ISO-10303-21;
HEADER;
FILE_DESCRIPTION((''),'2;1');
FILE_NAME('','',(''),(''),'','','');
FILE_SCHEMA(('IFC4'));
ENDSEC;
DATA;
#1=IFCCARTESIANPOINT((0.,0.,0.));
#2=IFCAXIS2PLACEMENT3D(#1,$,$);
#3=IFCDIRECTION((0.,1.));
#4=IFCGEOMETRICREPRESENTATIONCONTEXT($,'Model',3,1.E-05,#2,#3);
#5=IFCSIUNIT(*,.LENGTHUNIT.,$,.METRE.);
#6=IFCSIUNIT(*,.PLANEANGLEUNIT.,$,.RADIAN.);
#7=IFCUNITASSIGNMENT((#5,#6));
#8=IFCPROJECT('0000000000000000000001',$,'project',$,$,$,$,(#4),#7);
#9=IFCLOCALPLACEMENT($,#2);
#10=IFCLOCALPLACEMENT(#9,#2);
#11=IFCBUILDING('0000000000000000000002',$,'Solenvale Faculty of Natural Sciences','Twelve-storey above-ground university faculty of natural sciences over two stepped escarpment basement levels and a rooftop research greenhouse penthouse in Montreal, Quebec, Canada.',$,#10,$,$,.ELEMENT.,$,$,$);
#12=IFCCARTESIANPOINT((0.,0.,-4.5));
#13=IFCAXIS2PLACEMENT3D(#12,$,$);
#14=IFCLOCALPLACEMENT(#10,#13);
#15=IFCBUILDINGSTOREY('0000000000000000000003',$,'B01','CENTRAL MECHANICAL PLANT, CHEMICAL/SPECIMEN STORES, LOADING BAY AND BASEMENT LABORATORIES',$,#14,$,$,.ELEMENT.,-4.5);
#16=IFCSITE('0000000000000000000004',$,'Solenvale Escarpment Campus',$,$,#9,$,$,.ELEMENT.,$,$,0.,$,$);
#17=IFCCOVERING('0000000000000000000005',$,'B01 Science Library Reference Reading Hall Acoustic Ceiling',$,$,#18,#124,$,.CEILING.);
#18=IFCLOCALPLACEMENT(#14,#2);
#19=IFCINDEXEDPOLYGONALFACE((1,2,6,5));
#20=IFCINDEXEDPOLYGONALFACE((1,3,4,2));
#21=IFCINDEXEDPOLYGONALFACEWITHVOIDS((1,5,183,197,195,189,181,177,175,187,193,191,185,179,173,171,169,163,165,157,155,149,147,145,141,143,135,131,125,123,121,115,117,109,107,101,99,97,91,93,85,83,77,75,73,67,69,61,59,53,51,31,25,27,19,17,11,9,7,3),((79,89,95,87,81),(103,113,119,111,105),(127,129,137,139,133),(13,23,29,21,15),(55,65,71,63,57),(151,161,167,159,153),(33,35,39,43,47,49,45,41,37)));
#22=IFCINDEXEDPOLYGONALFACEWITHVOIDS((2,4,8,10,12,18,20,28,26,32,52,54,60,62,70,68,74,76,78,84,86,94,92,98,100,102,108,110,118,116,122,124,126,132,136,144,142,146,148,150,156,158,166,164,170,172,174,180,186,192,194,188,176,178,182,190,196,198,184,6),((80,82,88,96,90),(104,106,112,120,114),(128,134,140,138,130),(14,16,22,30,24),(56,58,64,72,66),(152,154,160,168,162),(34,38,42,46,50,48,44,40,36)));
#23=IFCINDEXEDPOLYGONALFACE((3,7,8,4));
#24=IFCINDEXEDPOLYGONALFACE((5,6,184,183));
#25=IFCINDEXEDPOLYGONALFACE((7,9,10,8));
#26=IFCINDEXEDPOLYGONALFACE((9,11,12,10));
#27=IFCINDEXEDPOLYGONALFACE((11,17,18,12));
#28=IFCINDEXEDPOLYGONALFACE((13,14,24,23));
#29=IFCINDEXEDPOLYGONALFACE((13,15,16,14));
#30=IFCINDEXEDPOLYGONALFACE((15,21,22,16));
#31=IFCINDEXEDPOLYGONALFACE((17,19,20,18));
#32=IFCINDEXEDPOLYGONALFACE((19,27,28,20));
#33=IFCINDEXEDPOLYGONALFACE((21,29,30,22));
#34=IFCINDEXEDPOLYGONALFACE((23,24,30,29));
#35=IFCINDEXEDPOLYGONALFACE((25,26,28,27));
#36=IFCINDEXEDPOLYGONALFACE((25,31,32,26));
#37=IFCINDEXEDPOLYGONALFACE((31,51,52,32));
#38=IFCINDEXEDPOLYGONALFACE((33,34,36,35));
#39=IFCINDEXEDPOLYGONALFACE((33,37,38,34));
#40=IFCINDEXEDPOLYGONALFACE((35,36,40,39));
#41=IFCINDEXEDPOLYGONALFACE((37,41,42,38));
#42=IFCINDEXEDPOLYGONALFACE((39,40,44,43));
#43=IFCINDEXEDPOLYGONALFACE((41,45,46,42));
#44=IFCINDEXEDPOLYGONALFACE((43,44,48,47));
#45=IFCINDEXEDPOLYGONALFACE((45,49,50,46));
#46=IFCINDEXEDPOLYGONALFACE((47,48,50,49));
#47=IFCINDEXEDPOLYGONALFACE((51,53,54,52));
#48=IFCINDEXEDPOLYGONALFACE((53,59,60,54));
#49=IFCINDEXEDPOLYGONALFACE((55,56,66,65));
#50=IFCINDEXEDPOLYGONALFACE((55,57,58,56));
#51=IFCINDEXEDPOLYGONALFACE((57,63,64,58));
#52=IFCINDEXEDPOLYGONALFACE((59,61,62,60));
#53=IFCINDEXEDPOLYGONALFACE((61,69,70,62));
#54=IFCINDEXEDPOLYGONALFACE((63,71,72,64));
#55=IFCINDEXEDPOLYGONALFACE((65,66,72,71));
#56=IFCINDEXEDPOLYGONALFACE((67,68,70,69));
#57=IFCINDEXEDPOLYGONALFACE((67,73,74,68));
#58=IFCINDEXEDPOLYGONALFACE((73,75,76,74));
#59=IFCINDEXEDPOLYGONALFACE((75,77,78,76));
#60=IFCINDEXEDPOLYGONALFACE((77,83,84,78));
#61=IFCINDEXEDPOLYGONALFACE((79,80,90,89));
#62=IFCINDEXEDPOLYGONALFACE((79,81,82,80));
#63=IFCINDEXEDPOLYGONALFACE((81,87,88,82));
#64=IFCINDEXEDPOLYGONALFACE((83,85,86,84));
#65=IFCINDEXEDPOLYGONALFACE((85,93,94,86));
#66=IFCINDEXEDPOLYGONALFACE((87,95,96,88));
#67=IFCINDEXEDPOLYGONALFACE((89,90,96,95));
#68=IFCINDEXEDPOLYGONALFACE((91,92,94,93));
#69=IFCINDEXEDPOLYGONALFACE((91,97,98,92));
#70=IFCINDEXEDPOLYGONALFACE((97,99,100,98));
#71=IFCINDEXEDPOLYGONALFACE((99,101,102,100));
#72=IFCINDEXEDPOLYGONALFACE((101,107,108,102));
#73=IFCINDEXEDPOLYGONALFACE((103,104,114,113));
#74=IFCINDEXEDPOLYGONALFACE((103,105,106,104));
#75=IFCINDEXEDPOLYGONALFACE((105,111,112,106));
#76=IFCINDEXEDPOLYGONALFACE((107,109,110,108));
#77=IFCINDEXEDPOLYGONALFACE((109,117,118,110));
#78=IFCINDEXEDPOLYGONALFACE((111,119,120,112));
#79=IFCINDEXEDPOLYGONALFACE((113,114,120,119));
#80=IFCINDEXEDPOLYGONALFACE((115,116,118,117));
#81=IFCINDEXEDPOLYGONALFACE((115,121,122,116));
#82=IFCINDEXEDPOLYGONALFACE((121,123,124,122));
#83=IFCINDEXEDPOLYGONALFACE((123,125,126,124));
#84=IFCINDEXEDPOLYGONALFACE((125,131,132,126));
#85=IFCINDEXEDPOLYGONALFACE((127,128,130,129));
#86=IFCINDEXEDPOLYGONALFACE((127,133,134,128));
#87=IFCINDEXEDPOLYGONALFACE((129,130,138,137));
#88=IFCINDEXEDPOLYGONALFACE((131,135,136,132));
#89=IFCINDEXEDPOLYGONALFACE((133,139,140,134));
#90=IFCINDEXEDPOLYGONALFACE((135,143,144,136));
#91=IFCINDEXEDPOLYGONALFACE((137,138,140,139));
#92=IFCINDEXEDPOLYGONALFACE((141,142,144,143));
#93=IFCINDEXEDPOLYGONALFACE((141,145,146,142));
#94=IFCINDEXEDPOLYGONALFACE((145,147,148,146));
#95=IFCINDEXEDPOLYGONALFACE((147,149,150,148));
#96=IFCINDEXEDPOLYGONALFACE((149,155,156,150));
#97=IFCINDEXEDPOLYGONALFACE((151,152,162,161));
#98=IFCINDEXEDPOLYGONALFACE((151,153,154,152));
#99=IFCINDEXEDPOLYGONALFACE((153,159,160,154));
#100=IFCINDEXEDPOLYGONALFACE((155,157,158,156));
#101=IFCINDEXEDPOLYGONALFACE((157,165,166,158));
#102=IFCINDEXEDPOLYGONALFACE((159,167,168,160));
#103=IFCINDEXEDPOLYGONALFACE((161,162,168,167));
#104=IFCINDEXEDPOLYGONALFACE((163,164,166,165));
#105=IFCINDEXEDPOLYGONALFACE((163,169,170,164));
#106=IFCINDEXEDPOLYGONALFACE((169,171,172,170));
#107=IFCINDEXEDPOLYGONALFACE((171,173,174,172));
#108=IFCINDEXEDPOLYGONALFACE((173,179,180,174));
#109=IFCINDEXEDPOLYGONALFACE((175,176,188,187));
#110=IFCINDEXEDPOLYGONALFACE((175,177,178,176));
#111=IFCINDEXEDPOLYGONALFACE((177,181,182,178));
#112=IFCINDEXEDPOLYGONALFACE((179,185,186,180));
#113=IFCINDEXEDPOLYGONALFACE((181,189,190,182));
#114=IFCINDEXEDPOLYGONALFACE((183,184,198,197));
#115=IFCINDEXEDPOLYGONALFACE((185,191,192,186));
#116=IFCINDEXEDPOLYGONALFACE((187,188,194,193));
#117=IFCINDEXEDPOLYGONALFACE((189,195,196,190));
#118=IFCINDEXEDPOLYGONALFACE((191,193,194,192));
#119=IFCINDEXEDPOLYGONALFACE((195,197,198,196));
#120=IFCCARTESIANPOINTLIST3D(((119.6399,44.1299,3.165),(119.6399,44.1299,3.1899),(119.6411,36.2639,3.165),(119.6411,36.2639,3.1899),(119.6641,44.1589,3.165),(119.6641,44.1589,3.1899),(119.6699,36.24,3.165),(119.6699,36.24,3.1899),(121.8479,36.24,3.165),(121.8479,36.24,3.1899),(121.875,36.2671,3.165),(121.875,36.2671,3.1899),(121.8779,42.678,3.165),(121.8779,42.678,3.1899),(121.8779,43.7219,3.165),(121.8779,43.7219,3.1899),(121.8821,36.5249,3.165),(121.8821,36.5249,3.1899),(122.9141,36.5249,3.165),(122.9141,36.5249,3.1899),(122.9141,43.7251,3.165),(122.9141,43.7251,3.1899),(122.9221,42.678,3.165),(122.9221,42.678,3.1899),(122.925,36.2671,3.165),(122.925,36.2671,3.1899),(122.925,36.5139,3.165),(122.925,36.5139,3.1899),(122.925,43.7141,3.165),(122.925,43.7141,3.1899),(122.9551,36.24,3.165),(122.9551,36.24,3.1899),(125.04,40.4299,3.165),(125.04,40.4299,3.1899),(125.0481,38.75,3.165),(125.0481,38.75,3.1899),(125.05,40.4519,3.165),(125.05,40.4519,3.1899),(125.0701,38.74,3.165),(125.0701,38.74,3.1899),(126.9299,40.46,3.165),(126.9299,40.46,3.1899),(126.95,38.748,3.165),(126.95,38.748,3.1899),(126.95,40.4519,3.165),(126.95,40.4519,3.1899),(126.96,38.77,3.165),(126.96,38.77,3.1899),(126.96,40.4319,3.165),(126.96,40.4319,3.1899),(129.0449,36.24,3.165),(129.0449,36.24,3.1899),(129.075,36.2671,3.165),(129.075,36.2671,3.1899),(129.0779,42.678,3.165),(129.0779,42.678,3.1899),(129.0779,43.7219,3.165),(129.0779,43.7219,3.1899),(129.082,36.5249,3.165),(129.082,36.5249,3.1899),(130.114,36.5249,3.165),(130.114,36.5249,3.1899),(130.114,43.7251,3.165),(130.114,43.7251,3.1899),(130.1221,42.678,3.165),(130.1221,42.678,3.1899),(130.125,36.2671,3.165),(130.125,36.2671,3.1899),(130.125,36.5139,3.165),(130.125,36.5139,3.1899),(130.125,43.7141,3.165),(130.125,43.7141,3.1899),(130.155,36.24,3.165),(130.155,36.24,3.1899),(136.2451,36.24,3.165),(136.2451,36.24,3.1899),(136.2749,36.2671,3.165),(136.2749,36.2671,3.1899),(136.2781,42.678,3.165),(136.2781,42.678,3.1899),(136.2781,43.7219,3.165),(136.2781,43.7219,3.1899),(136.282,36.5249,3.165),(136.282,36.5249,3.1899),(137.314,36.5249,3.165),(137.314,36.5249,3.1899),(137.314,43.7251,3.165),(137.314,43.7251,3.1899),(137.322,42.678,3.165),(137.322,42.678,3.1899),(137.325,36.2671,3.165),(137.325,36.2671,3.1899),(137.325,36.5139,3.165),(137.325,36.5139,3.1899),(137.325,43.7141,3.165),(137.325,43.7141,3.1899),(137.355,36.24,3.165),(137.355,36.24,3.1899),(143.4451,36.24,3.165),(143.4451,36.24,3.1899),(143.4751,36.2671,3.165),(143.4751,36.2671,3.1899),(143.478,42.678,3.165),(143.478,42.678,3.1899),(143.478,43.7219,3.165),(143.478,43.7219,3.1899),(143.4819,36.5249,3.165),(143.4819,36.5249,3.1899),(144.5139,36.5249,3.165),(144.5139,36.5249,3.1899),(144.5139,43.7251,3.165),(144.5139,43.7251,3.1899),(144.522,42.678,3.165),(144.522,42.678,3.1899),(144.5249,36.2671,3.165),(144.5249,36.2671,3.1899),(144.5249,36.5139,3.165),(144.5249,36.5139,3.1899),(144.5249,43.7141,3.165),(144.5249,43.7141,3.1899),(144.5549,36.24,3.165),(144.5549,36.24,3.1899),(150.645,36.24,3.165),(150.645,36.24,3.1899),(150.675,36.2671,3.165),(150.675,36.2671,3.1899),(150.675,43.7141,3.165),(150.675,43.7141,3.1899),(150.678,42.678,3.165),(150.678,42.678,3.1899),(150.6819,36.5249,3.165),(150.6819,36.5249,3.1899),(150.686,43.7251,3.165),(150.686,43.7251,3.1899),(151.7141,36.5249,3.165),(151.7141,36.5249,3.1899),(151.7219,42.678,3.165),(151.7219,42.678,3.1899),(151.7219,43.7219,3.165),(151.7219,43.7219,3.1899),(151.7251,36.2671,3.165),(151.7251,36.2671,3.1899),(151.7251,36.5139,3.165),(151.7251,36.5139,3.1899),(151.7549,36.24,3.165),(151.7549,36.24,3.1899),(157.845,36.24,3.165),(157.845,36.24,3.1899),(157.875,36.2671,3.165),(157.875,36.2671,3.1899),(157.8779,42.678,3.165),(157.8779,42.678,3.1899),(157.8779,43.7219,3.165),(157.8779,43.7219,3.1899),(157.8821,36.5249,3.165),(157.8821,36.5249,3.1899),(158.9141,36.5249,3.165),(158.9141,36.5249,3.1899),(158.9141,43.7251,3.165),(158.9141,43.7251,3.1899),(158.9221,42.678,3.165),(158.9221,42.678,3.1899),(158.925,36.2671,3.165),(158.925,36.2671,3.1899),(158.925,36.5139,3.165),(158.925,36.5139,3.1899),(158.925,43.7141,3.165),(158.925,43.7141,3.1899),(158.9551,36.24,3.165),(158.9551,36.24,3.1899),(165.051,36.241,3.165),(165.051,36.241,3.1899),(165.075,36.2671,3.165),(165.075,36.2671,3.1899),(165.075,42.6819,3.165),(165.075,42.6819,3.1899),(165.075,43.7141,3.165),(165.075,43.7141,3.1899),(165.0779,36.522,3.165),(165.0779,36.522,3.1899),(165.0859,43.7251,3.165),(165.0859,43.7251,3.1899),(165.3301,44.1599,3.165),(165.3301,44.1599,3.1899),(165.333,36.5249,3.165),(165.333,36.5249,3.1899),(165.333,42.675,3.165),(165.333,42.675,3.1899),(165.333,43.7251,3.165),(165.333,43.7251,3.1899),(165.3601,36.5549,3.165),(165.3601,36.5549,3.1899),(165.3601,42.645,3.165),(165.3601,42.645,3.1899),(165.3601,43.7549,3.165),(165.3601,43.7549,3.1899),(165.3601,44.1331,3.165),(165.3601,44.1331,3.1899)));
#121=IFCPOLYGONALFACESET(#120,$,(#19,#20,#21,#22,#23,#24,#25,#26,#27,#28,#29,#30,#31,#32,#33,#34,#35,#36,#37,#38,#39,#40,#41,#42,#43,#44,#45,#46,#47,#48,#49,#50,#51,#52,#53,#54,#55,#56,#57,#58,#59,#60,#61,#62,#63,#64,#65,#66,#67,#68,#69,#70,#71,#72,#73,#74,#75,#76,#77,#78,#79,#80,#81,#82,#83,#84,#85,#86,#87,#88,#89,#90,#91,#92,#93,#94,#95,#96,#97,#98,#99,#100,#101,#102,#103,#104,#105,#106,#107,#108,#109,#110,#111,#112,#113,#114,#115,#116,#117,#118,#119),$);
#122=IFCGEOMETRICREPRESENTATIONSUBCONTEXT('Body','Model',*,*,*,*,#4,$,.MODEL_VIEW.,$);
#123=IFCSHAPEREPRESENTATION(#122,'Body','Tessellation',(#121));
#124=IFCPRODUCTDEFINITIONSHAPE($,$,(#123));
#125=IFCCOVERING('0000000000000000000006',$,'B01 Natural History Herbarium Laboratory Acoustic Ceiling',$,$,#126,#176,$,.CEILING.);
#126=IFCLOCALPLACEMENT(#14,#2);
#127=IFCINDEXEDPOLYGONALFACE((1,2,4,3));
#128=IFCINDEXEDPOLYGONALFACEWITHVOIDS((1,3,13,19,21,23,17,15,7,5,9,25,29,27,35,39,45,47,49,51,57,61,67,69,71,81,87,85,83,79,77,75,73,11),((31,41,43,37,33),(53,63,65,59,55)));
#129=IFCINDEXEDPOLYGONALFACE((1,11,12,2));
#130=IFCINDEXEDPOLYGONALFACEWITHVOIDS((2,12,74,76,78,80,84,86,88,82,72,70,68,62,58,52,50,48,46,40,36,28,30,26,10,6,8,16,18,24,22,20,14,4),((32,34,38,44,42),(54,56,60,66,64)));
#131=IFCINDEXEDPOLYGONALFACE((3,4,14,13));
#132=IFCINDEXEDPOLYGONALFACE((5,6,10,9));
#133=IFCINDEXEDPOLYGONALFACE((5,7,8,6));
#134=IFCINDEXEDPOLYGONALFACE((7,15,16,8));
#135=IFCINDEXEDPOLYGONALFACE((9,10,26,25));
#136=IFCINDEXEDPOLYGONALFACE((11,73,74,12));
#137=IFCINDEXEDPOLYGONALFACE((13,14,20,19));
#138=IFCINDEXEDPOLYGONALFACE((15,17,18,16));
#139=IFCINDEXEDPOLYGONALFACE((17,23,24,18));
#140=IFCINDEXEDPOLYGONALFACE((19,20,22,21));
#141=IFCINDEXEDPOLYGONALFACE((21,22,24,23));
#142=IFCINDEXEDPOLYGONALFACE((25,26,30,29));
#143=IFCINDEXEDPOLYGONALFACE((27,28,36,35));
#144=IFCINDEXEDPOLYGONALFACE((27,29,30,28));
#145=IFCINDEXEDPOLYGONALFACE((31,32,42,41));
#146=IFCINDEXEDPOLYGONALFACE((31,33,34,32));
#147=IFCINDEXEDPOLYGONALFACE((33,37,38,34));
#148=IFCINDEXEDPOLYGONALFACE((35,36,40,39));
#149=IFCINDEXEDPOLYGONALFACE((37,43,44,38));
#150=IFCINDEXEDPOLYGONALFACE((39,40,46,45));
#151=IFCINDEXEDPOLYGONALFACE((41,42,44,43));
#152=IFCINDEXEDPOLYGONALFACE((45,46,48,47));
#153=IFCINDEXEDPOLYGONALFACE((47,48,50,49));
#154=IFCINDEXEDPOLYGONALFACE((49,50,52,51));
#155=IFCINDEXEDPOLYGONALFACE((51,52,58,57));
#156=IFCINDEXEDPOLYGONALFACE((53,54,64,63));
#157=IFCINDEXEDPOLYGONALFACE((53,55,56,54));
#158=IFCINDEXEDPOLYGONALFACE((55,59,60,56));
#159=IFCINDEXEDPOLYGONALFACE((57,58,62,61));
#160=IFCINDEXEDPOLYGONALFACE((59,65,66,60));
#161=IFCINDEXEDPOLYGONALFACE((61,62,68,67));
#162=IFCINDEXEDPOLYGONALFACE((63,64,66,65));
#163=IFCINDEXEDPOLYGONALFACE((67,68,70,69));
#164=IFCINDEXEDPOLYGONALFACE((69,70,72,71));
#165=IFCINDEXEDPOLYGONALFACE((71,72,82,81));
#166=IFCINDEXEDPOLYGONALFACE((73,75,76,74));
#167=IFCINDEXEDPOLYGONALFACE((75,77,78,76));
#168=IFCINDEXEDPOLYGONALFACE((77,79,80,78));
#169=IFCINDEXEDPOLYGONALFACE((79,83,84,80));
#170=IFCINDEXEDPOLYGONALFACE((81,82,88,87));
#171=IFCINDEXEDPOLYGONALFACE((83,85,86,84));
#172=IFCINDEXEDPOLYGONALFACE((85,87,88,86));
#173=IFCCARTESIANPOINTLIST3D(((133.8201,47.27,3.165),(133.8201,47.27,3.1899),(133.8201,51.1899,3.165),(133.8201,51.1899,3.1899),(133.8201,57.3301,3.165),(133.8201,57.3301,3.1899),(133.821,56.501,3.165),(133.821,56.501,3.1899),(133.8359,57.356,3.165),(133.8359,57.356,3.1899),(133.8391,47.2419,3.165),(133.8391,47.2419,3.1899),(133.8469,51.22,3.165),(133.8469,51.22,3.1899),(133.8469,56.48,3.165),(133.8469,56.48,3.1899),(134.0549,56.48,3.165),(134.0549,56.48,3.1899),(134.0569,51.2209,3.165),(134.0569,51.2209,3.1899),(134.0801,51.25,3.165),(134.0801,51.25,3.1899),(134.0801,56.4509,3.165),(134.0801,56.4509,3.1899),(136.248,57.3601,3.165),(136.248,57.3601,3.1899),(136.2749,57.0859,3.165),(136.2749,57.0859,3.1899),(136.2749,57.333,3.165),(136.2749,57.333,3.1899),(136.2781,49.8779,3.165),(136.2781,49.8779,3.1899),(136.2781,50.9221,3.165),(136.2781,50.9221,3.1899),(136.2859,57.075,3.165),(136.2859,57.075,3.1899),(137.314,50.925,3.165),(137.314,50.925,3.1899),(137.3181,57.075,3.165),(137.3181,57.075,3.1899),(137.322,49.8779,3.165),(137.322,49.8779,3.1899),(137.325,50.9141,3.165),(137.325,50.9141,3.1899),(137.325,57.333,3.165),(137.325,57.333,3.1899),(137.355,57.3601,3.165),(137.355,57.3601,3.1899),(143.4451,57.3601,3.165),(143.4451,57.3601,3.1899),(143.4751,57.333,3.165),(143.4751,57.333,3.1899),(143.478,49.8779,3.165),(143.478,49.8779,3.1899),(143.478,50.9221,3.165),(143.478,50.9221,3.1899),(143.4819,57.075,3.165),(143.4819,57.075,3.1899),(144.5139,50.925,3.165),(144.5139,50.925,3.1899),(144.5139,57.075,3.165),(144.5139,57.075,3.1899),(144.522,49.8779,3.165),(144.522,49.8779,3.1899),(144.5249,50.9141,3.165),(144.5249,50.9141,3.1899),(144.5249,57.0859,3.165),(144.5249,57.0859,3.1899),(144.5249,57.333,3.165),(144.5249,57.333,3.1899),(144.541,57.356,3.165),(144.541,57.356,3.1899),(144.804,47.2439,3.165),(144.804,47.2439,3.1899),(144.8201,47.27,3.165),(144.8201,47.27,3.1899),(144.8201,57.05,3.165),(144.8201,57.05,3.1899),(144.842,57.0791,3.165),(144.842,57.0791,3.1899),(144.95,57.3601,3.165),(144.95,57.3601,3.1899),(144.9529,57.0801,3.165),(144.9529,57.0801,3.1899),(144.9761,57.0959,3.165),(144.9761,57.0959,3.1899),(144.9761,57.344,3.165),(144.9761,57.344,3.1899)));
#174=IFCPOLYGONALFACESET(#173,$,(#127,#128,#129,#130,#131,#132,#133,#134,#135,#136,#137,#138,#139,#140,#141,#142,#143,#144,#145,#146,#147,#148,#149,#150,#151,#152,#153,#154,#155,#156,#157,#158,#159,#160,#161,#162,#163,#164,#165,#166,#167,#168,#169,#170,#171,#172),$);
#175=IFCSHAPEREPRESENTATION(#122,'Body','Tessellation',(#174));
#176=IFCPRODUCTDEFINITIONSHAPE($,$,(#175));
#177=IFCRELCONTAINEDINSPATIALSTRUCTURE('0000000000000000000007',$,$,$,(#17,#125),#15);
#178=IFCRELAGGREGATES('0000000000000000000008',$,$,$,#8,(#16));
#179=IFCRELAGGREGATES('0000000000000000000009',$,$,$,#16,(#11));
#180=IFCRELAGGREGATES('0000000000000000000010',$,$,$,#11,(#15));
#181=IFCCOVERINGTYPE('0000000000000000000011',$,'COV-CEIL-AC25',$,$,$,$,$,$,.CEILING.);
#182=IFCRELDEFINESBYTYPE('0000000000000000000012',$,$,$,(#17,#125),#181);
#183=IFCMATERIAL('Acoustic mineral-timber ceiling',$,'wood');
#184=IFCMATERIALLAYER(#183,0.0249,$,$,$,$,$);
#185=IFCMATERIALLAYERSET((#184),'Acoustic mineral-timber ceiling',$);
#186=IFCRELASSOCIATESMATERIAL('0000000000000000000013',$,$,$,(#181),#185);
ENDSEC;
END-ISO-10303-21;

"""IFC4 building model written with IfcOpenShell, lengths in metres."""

from ifc_helpers import new_model, si_unit, direction, frame, origin, place, context, subcontext, project, spatial, polyline, outline, extrude, material, layer, layer_set, type_object, element, save


model = new_model("IFC4")

# Units and contexts
model_context = context("Model", 3, precision=1e-05, world=origin(), true_north=direction((0.0, 1.0)))
body_context = subcontext(model_context, "Body", "Model", "MODEL_VIEW")
ifc_project = project(units=[si_unit("LENGTHUNIT", "METRE"), si_unit("PLANEANGLEUNIT", "RADIAN")], contexts=[model_context])

# Site, building, storey
site_placement = place(None, origin())
site = spatial("IfcSite", under=ifc_project, at=site_placement, Name="Solenvale Escarpment Campus", CompositionType="ELEMENT", RefElevation=0.0)
building_placement = place(site_placement, origin())
building = spatial("IfcBuilding", under=site, at=building_placement, Name="Solenvale Faculty of Natural Sciences", Description="Twelve-storey above-ground university faculty of natural sciences over two stepped escarpment basement levels and a rooftop research greenhouse penthouse in Montreal, Quebec, Canada.", CompositionType="ELEMENT")
storey_placement = place(building_placement, frame((0.0, 0.0, -4.5)))
storey = spatial("IfcBuildingStorey", under=building, at=storey_placement, Name="B01", Description="CENTRAL MECHANICAL PLANT, CHEMICAL/SPECIMEN STORES, LOADING BAY AND BASEMENT LABORATORIES", CompositionType="ELEMENT", Elevation=-4.5)

# Coverings
ifc_material_1 = material(Name="Acoustic mineral-timber ceiling", Category="wood")
ifc_layer_1 = layer(ifc_material_1, 0.0249)
ifc_layer_set_1 = layer_set([ifc_layer_1], Name="Acoustic mineral-timber ceiling")
covering_type_1 = type_object("IfcCoveringType", Name="COV-CEIL-AC25", PredefinedType="CEILING", material=ifc_layer_set_1)
covering_1_placement = place(storey_placement, frame((0.0, 0.0, 3.165)))
element("IfcCovering", 1, at=covering_1_placement, inside=storey, type_object=covering_type_1, Name="B01 Science Library Reference Reading Hall Acoustic Ceiling", PredefinedType="CEILING", context=body_context, shape_type="SweptSolid", body=[
    extrude(outline(polyline([(165.3601, 43.7549), (165.333, 43.7251), (165.0859, 43.7251), (165.075, 43.7141), (165.075, 42.6819), (165.333, 42.675), (165.3601, 42.645), (165.3601, 36.5549), (165.333, 36.5249), (165.0779, 36.522), (165.075, 36.2671), (165.051, 36.241), (158.9551, 36.24), (158.925, 36.2671), (158.925, 36.5139), (158.9141, 36.5249), (157.8821, 36.5249), (157.875, 36.2671), (157.845, 36.24), (151.7549, 36.24), (151.7251, 36.2671), (151.7251, 36.5139), (151.7141, 36.5249), (150.6819, 36.5249), (150.675, 36.2671), (150.645, 36.24), (144.5549, 36.24), (144.5249, 36.2671), (144.5249, 36.5139), (144.5139, 36.5249), (143.4819, 36.5249), (143.4751, 36.2671), (143.4451, 36.24), (137.355, 36.24), (137.325, 36.2671), (137.325, 36.5139), (137.314, 36.5249), (136.282, 36.5249), (136.2749, 36.2671), (136.2451, 36.24), (130.155, 36.24), (130.125, 36.2671), (130.125, 36.5139), (130.114, 36.5249), (129.082, 36.5249), (129.075, 36.2671), (129.0449, 36.24), (122.9551, 36.24), (122.925, 36.2671), (122.925, 36.5139), (122.9141, 36.5249), (121.8821, 36.5249), (121.875, 36.2671), (121.8479, 36.24), (119.6699, 36.24), (119.6411, 36.2639), (119.6399, 44.1299), (119.6641, 44.1589), (165.3301, 44.1599), (165.3601, 44.1331), (165.3601, 43.7549)]), holes=[polyline([(158.925, 43.7141), (158.9141, 43.7251), (157.8779, 43.7219), (157.8779, 42.678), (158.9221, 42.678), (158.925, 43.7141)]), polyline([(150.686, 43.7251), (150.675, 43.7141), (150.678, 42.678), (151.7219, 42.678), (151.7219, 43.7219), (150.686, 43.7251)]), polyline([(144.5249, 43.7141), (144.5139, 43.7251), (143.478, 43.7219), (143.478, 42.678), (144.522, 42.678), (144.5249, 43.7141)]), polyline([(137.325, 43.7141), (137.314, 43.7251), (136.2781, 43.7219), (136.2781, 42.678), (137.322, 42.678), (137.325, 43.7141)]), polyline([(130.125, 43.7141), (130.114, 43.7251), (129.0779, 43.7219), (129.0779, 42.678), (130.1221, 42.678), (130.125, 43.7141)]), polyline([(126.96, 40.4319), (126.95, 40.4519), (126.9299, 40.46), (125.05, 40.4519), (125.04, 40.4299), (125.0481, 38.75), (125.0701, 38.74), (126.95, 38.748), (126.96, 38.77), (126.96, 40.4319)]), polyline([(122.925, 43.7141), (122.9141, 43.7251), (121.8779, 43.7219), (121.8779, 42.678), (122.9221, 42.678), (122.925, 43.7141)])]), origin(), (0.0, 0.0, 1.0), 0.0249),
])
covering_2_placement = place(storey_placement, frame((0.0, 0.0, 3.165)))
element("IfcCovering", 2, at=covering_2_placement, inside=storey, type_object=covering_type_1, Name="B01 Natural History Herbarium Laboratory Acoustic Ceiling", PredefinedType="CEILING", context=body_context, shape_type="SweptSolid", body=[
    extrude(outline(polyline([(133.8201, 51.1899), (133.8469, 51.22), (134.0569, 51.2209), (134.0801, 51.25), (134.0801, 56.4509), (134.0549, 56.48), (133.8469, 56.48), (133.821, 56.501), (133.8201, 57.3301), (133.8359, 57.356), (136.248, 57.3601), (136.2749, 57.333), (136.2749, 57.0859), (136.2859, 57.075), (137.3181, 57.075), (137.325, 57.333), (137.355, 57.3601), (143.4451, 57.3601), (143.4751, 57.333), (143.4819, 57.075), (144.5139, 57.075), (144.5249, 57.0859), (144.5249, 57.333), (144.541, 57.356), (144.95, 57.3601), (144.9761, 57.344), (144.9761, 57.0959), (144.9529, 57.0801), (144.842, 57.0791), (144.8201, 57.05), (144.8201, 47.27), (144.804, 47.2439), (133.8391, 47.2419), (133.8201, 47.27), (133.8201, 51.1899)]), holes=[polyline([(144.5249, 50.9141), (144.5139, 50.925), (143.478, 50.9221), (143.478, 49.8779), (144.522, 49.8779), (144.5249, 50.9141)]), polyline([(137.325, 50.9141), (137.314, 50.925), (136.2781, 50.9221), (136.2781, 49.8779), (137.322, 49.8779), (137.325, 50.9141)])]), origin(), (0.0, 0.0, 1.0), 0.0249),
])

save(model, "model.ifc")
